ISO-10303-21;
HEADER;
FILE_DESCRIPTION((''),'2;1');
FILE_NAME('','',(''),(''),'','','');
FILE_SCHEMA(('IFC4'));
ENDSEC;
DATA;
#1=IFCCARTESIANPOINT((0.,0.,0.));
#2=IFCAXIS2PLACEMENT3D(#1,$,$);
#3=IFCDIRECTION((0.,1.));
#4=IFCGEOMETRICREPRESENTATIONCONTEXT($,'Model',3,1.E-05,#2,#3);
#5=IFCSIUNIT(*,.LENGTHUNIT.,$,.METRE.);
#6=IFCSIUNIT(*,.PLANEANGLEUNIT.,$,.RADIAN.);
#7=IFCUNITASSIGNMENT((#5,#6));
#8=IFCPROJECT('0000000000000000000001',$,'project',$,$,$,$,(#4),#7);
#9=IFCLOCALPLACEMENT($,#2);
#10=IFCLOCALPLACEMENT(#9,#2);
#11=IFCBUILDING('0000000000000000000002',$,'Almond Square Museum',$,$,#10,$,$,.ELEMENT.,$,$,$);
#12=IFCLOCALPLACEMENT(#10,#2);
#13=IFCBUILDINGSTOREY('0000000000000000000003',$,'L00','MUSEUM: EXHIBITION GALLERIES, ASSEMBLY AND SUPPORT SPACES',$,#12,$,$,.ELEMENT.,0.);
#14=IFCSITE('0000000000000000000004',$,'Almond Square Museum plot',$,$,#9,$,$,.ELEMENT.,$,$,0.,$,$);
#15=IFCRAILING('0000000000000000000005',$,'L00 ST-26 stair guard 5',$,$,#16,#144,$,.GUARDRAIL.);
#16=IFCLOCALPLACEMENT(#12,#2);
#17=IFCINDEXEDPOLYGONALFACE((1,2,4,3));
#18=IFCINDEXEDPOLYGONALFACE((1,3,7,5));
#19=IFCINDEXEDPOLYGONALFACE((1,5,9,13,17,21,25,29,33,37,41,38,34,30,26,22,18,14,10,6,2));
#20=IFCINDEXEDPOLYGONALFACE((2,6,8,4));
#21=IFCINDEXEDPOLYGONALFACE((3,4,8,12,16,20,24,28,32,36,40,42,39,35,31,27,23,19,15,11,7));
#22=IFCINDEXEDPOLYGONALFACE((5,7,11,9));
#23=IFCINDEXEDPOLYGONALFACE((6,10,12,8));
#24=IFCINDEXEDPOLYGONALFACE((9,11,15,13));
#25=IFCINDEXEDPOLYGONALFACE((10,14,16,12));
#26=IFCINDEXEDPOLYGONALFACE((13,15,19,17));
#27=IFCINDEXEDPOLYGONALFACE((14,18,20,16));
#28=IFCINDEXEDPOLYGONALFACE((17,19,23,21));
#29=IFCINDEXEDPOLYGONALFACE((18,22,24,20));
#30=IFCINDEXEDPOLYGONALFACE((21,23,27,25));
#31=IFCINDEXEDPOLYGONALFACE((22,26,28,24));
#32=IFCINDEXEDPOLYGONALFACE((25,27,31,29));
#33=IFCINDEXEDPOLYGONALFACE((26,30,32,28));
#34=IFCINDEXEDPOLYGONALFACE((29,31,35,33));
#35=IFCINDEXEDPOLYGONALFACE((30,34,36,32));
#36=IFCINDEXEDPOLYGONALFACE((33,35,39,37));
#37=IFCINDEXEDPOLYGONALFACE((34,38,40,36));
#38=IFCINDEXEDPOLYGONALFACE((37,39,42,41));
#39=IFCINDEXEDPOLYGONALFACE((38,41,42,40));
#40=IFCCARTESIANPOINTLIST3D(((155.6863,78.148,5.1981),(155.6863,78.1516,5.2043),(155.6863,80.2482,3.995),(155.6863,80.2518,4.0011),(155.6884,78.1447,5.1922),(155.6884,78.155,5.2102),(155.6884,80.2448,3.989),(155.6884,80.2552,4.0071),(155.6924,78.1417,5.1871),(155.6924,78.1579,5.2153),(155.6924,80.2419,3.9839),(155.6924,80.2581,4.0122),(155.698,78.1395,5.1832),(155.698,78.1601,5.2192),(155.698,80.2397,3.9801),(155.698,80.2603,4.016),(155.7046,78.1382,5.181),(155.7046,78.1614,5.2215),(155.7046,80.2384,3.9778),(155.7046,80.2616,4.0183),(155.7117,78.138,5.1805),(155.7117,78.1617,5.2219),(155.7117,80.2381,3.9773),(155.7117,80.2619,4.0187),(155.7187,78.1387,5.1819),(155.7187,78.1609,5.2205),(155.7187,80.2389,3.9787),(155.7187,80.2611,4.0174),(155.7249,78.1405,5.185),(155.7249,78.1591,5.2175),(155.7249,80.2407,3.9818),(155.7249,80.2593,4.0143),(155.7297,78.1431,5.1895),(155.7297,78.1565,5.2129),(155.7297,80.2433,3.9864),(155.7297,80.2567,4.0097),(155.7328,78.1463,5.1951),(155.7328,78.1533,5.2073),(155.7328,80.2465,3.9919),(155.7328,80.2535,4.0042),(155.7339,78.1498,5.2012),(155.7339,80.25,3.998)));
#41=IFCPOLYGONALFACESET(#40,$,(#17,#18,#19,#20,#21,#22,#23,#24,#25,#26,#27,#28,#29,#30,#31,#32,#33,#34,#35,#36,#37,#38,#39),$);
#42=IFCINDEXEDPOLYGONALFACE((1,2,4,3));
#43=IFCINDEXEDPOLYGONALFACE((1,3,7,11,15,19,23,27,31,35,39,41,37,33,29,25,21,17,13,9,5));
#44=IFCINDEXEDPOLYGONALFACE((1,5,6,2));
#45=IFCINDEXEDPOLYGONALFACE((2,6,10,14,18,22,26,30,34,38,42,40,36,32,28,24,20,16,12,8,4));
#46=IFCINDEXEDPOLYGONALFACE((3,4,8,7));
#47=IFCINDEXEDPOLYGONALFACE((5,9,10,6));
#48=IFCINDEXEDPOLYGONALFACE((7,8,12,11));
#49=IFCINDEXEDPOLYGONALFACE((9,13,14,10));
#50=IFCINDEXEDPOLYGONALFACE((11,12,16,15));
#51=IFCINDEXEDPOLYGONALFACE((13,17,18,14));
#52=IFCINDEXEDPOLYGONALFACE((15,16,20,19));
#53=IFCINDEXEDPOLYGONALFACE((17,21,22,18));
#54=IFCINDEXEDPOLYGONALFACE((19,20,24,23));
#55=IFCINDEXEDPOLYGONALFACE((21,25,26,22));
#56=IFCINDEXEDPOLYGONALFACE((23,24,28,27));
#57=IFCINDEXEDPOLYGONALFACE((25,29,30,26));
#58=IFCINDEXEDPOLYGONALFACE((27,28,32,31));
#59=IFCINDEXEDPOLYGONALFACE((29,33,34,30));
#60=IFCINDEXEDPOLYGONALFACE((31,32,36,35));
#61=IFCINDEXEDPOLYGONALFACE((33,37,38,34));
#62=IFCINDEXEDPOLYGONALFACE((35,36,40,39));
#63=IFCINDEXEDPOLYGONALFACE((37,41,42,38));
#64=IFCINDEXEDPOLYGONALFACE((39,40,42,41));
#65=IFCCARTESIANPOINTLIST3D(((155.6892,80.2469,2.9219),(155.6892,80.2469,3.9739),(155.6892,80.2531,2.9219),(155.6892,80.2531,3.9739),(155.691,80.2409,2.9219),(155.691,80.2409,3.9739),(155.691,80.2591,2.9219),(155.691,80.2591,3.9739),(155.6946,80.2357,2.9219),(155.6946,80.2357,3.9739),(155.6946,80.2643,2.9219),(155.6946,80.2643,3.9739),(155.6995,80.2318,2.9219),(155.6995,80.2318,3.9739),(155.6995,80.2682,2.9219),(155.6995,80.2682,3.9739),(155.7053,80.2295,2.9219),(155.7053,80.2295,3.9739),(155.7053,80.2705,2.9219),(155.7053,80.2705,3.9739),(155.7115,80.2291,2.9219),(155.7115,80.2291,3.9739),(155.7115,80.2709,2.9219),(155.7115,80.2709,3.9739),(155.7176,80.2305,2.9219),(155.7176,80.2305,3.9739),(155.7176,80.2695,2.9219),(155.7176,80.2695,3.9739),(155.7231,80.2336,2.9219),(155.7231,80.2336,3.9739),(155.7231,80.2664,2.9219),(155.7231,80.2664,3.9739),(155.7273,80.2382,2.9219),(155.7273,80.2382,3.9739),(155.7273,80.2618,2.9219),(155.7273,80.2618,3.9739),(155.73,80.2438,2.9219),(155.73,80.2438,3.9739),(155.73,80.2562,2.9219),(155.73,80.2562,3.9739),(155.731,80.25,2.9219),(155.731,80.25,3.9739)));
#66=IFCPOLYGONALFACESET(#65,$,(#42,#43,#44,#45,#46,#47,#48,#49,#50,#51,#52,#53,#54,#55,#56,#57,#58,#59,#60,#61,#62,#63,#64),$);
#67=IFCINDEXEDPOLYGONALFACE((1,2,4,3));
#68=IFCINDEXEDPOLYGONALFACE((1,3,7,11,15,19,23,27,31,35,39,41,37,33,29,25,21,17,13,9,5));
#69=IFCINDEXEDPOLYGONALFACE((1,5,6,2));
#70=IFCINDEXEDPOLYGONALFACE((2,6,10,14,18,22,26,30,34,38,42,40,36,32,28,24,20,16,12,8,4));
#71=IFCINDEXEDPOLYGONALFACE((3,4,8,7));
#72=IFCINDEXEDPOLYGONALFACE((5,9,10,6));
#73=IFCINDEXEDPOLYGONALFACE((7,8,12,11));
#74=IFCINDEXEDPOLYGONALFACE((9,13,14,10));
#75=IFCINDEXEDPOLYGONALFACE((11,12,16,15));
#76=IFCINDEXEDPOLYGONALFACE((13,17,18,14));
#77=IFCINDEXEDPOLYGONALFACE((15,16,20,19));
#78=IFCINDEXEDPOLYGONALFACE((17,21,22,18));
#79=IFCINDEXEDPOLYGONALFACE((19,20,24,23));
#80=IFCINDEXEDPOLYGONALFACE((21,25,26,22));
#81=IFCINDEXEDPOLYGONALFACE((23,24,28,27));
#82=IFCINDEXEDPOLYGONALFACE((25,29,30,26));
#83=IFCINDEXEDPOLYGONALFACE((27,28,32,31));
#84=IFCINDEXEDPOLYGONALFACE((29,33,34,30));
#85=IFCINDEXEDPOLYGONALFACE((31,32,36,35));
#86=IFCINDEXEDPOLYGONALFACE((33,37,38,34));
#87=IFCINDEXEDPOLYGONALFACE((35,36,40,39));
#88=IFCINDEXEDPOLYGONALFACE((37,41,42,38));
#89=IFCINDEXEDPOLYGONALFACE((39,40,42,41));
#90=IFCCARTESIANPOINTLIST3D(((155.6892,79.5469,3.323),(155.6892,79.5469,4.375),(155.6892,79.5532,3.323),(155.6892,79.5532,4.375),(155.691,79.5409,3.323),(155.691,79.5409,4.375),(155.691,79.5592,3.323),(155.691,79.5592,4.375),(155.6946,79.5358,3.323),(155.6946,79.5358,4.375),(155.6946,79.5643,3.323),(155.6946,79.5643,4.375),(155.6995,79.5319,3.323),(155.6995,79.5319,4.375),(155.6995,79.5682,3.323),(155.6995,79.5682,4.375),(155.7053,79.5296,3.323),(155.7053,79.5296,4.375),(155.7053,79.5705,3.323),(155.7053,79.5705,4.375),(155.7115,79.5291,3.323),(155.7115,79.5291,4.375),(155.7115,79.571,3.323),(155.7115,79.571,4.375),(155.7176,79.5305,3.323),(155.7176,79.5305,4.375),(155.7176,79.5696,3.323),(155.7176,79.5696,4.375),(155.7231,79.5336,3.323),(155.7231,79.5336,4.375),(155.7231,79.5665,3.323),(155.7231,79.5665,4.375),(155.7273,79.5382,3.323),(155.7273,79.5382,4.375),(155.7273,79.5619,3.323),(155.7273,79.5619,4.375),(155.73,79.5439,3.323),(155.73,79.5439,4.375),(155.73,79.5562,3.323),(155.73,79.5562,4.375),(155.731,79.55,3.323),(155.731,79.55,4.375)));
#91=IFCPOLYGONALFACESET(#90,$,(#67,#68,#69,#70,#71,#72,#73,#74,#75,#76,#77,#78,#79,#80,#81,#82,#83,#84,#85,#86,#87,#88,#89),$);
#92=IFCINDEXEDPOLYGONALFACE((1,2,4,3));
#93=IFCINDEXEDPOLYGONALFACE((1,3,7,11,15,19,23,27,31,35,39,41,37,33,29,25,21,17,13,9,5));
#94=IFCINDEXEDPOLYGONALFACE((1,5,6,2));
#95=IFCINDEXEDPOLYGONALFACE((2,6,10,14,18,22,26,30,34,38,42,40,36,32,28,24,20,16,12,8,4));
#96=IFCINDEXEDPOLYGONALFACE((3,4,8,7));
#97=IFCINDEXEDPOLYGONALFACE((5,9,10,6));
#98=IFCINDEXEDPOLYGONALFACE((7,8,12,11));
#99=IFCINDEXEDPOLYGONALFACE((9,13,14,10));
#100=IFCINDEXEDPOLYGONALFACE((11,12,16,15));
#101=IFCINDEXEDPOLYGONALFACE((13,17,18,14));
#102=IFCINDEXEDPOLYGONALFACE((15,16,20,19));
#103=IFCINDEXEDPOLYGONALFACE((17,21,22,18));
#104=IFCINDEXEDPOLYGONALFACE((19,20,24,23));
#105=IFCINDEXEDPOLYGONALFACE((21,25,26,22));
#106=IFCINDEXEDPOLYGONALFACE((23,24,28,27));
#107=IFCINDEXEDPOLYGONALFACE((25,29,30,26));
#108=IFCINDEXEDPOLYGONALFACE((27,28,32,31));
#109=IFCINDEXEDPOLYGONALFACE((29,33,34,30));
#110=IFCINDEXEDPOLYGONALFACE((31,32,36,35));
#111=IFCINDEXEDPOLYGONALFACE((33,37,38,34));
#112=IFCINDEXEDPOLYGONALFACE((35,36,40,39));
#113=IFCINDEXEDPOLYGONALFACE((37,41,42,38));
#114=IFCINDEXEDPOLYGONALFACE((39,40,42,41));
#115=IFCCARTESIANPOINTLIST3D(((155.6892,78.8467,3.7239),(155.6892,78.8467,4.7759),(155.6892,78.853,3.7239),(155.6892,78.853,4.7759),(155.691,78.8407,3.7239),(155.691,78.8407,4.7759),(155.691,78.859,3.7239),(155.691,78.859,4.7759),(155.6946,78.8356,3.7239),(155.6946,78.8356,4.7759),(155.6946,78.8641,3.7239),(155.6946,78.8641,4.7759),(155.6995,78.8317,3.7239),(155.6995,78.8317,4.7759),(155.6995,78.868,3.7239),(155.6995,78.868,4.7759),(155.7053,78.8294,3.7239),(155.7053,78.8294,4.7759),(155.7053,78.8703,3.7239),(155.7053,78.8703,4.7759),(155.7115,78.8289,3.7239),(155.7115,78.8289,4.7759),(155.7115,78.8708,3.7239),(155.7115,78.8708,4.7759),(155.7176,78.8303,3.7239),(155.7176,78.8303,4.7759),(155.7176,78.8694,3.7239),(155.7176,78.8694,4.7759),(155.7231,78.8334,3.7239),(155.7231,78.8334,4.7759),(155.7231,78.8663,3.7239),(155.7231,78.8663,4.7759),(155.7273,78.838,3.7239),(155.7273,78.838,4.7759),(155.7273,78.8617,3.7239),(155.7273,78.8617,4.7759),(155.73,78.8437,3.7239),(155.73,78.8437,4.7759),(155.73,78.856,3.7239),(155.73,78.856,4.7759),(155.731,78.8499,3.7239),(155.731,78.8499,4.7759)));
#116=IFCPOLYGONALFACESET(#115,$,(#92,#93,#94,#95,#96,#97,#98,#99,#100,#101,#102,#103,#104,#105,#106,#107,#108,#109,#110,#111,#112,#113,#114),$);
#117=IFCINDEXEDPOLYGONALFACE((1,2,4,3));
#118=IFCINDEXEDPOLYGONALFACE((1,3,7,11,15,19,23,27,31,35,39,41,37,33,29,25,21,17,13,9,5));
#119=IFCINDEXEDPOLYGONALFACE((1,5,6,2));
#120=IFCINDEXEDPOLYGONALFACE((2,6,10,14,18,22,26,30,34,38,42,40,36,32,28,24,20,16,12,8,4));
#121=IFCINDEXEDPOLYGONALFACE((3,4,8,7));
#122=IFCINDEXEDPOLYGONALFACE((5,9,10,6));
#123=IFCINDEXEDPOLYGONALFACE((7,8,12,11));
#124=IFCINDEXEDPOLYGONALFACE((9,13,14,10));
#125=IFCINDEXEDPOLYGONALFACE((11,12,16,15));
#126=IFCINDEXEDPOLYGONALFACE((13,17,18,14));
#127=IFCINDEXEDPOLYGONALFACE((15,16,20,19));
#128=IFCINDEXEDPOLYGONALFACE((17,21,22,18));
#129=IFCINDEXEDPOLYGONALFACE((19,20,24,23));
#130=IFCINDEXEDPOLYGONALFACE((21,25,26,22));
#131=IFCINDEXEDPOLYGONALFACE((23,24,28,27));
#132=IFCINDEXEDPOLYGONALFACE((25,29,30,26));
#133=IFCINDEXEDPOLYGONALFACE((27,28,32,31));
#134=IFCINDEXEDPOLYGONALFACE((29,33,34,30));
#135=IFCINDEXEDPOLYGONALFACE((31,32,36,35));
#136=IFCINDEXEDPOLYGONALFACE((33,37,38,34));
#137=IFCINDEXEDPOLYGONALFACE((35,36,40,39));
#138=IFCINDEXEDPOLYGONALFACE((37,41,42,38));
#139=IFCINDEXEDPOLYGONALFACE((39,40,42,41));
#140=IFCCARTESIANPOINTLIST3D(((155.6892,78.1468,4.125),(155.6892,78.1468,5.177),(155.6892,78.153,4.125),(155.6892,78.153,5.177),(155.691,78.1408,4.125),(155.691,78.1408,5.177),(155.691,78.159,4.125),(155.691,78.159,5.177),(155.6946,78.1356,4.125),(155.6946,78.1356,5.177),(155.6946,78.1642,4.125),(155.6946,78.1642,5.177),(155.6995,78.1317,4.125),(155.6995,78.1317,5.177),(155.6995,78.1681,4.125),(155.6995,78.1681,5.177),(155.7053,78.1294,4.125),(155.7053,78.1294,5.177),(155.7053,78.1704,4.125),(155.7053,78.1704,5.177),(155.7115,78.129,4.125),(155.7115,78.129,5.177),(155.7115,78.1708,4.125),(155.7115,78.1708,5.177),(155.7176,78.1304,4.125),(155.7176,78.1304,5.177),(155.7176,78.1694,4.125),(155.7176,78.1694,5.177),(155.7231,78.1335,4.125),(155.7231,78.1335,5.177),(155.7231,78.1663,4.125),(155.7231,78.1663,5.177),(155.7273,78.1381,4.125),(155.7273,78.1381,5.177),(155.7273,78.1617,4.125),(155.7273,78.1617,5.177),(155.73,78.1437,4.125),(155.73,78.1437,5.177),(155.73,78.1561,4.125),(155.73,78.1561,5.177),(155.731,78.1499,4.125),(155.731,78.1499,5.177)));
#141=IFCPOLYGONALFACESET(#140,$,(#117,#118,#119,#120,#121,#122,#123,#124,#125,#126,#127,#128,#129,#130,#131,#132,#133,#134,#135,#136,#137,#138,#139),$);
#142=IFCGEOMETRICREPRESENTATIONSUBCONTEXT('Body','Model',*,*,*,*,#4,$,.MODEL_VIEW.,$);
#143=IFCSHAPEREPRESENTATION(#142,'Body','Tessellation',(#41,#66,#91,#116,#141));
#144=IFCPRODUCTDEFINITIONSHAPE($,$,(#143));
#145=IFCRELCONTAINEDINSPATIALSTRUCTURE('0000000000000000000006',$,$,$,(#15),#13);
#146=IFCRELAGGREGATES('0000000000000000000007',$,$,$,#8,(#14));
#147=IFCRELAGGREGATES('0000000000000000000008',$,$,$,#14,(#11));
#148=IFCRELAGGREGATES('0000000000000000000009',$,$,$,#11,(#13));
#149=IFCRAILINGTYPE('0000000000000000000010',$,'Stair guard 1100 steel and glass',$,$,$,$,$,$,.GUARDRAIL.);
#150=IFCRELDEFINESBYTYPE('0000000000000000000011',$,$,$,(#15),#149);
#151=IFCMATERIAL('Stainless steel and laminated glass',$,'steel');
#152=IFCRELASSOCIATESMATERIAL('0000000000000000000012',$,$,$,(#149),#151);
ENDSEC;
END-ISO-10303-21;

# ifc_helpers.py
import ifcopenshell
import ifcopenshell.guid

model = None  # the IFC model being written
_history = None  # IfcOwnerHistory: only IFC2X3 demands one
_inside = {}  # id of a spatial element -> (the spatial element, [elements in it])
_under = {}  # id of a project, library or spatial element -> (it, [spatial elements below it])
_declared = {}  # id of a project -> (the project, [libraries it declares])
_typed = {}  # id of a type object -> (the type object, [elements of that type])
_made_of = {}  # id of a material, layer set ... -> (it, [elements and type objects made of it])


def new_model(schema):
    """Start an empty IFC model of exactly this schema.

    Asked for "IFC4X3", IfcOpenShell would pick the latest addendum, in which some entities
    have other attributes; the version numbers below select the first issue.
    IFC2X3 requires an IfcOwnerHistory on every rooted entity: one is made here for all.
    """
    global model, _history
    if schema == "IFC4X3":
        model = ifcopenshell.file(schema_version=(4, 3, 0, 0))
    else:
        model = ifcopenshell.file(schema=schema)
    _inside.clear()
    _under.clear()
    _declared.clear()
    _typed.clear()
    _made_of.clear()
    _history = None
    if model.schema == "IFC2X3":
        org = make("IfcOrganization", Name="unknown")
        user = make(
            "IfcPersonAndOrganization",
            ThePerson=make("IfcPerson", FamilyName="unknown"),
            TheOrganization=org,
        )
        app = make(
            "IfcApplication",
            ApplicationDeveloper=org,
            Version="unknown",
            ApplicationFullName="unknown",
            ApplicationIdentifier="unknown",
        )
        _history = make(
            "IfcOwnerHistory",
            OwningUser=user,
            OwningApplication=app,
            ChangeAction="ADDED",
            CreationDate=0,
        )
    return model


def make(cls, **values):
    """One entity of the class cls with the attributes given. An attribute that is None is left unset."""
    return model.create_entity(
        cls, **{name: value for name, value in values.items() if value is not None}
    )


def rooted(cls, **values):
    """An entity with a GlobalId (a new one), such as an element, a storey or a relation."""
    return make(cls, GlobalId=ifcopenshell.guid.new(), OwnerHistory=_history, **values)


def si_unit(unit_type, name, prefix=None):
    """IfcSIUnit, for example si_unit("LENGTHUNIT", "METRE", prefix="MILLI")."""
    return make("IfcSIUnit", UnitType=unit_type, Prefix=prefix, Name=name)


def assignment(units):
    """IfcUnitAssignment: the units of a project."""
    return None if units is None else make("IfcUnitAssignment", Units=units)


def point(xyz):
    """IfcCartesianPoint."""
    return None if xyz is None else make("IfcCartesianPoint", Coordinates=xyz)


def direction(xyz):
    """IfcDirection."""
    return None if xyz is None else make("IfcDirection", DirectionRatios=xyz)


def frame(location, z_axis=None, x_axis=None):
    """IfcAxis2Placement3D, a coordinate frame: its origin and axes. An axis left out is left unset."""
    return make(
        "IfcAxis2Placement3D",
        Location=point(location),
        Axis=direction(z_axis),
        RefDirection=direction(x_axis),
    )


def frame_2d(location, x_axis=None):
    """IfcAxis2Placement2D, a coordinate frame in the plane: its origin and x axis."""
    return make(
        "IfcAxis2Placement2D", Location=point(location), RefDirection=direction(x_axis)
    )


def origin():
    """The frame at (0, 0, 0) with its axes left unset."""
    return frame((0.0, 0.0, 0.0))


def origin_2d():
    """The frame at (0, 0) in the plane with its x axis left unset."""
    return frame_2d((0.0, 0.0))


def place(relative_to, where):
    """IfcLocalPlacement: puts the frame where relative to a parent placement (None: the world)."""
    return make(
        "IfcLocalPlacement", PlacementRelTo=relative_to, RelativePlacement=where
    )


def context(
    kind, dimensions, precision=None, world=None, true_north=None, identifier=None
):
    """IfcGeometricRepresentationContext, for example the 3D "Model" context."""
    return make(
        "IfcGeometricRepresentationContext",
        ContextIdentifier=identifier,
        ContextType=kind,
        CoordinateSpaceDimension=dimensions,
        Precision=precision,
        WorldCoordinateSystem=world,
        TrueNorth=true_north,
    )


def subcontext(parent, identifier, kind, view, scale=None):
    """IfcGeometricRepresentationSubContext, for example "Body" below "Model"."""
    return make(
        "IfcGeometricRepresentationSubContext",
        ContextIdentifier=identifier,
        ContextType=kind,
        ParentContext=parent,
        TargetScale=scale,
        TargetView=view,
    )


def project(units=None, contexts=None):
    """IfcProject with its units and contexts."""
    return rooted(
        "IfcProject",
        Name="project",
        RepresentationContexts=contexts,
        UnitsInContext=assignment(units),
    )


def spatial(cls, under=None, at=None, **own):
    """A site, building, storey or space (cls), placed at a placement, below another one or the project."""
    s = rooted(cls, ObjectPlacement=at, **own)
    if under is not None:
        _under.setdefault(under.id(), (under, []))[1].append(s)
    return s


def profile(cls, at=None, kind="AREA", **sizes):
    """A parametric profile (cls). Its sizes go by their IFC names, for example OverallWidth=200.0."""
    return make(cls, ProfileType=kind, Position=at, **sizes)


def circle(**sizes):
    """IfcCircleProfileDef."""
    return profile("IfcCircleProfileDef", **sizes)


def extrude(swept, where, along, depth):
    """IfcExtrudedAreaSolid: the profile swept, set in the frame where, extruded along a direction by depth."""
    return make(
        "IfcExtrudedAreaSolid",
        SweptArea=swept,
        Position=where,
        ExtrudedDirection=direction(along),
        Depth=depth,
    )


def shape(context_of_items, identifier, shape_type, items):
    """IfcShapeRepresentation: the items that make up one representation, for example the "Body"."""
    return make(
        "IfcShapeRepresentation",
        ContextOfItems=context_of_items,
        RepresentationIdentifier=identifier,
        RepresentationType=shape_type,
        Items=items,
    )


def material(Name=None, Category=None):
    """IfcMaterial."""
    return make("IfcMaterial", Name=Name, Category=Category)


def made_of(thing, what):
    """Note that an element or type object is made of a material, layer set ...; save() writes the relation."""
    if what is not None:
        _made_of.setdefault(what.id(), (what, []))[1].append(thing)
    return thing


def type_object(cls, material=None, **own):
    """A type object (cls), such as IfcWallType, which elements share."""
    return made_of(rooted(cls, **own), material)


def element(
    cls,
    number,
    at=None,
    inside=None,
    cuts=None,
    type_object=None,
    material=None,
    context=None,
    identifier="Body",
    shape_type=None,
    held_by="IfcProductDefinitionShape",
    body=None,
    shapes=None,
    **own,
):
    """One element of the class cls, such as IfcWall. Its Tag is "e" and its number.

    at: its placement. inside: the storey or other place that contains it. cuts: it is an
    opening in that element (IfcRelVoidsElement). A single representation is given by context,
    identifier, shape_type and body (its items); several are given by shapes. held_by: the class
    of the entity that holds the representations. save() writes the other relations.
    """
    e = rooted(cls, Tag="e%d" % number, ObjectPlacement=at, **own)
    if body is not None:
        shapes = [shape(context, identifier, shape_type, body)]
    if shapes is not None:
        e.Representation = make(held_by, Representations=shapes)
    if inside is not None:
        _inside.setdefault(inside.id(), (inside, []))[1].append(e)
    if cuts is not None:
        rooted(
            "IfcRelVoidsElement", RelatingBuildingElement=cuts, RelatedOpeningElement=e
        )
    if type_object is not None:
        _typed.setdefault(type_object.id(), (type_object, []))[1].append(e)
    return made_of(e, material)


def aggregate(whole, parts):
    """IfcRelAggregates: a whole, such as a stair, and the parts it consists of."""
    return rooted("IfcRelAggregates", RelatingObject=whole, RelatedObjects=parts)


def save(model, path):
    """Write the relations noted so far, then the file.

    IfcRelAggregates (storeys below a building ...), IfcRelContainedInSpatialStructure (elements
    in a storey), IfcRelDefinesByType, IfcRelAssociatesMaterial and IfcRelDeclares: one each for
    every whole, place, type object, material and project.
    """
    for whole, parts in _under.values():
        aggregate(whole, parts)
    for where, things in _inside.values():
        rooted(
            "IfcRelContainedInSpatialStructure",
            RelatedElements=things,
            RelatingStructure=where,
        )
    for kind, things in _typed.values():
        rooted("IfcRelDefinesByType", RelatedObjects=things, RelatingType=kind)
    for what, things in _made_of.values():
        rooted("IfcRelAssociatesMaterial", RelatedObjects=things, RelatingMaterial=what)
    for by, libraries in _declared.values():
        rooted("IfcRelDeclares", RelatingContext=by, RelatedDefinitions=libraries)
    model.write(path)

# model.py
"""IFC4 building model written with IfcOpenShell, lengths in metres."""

from ifc_helpers import new_model, si_unit, direction, frame, origin, origin_2d, place, context, subcontext, project, spatial, circle, extrude, material, type_object, element, save


model = new_model("IFC4")

# Units and contexts
model_context = context("Model", 3, precision=1e-05, world=origin(), true_north=direction((0.0, 1.0)))
body_context = subcontext(model_context, "Body", "Model", "MODEL_VIEW")
ifc_project = project(units=[si_unit("LENGTHUNIT", "METRE"), si_unit("PLANEANGLEUNIT", "RADIAN")], contexts=[model_context])

# Site, building, storey
site_placement = place(None, origin())
site = spatial("IfcSite", under=ifc_project, at=site_placement, Name="Almond Square Museum plot", CompositionType="ELEMENT", RefElevation=0.0)
building_placement = place(site_placement, origin())
building = spatial("IfcBuilding", under=site, at=building_placement, Name="Almond Square Museum", CompositionType="ELEMENT")
storey_placement = place(building_placement, origin())
storey = spatial("IfcBuildingStorey", under=building, at=storey_placement, Name="L00", Description="MUSEUM: EXHIBITION GALLERIES, ASSEMBLY AND SUPPORT SPACES", CompositionType="ELEMENT", Elevation=0.0)

# Railing
ifc_material_1 = material(Name="Stainless steel and laminated glass", Category="steel")
railing_type = type_object("IfcRailingType", Name="Stair guard 1100 steel and glass", PredefinedType="GUARDRAIL", material=ifc_material_1)
for number, where, name in (
    (1, (155.71, 80.25, 2.9219), "L00 ST-26 stair guard 5"),
):
    element("IfcRailing", number, at=place(storey_placement, frame(where)), inside=storey, type_object=railing_type, Name=name, PredefinedType="GUARDRAIL", context=body_context, shape_type="SweptSolid", body=[
        extrude(circle(Radius=0.0239, at=origin_2d()), frame((0.0, 0.0, 1.0762), z_axis=(0.0, -0.867696, 0.497095), x_axis=(1.0, 0.0, 0.0)), (0.0, 0.0, 1.0), 2.4204),
        extrude(circle(Radius=0.021, at=origin_2d()), origin(), (0.0, 0.0, 1.0), 1.052),
        extrude(circle(Radius=0.021, at=origin_2d()), frame((0.0, -0.7, 0.4011)), (0.0, 0.0, 1.0), 1.052),
        extrude(circle(Radius=0.021, at=origin_2d()), frame((0.0, -1.4001, 0.802)), (0.0, 0.0, 1.0), 1.052),
        extrude(circle(Radius=0.021, at=origin_2d()), frame((0.0, -2.1001, 1.2031)), (0.0, 0.0, 1.0), 1.052),
    ])

save(model, "model.ifc")
